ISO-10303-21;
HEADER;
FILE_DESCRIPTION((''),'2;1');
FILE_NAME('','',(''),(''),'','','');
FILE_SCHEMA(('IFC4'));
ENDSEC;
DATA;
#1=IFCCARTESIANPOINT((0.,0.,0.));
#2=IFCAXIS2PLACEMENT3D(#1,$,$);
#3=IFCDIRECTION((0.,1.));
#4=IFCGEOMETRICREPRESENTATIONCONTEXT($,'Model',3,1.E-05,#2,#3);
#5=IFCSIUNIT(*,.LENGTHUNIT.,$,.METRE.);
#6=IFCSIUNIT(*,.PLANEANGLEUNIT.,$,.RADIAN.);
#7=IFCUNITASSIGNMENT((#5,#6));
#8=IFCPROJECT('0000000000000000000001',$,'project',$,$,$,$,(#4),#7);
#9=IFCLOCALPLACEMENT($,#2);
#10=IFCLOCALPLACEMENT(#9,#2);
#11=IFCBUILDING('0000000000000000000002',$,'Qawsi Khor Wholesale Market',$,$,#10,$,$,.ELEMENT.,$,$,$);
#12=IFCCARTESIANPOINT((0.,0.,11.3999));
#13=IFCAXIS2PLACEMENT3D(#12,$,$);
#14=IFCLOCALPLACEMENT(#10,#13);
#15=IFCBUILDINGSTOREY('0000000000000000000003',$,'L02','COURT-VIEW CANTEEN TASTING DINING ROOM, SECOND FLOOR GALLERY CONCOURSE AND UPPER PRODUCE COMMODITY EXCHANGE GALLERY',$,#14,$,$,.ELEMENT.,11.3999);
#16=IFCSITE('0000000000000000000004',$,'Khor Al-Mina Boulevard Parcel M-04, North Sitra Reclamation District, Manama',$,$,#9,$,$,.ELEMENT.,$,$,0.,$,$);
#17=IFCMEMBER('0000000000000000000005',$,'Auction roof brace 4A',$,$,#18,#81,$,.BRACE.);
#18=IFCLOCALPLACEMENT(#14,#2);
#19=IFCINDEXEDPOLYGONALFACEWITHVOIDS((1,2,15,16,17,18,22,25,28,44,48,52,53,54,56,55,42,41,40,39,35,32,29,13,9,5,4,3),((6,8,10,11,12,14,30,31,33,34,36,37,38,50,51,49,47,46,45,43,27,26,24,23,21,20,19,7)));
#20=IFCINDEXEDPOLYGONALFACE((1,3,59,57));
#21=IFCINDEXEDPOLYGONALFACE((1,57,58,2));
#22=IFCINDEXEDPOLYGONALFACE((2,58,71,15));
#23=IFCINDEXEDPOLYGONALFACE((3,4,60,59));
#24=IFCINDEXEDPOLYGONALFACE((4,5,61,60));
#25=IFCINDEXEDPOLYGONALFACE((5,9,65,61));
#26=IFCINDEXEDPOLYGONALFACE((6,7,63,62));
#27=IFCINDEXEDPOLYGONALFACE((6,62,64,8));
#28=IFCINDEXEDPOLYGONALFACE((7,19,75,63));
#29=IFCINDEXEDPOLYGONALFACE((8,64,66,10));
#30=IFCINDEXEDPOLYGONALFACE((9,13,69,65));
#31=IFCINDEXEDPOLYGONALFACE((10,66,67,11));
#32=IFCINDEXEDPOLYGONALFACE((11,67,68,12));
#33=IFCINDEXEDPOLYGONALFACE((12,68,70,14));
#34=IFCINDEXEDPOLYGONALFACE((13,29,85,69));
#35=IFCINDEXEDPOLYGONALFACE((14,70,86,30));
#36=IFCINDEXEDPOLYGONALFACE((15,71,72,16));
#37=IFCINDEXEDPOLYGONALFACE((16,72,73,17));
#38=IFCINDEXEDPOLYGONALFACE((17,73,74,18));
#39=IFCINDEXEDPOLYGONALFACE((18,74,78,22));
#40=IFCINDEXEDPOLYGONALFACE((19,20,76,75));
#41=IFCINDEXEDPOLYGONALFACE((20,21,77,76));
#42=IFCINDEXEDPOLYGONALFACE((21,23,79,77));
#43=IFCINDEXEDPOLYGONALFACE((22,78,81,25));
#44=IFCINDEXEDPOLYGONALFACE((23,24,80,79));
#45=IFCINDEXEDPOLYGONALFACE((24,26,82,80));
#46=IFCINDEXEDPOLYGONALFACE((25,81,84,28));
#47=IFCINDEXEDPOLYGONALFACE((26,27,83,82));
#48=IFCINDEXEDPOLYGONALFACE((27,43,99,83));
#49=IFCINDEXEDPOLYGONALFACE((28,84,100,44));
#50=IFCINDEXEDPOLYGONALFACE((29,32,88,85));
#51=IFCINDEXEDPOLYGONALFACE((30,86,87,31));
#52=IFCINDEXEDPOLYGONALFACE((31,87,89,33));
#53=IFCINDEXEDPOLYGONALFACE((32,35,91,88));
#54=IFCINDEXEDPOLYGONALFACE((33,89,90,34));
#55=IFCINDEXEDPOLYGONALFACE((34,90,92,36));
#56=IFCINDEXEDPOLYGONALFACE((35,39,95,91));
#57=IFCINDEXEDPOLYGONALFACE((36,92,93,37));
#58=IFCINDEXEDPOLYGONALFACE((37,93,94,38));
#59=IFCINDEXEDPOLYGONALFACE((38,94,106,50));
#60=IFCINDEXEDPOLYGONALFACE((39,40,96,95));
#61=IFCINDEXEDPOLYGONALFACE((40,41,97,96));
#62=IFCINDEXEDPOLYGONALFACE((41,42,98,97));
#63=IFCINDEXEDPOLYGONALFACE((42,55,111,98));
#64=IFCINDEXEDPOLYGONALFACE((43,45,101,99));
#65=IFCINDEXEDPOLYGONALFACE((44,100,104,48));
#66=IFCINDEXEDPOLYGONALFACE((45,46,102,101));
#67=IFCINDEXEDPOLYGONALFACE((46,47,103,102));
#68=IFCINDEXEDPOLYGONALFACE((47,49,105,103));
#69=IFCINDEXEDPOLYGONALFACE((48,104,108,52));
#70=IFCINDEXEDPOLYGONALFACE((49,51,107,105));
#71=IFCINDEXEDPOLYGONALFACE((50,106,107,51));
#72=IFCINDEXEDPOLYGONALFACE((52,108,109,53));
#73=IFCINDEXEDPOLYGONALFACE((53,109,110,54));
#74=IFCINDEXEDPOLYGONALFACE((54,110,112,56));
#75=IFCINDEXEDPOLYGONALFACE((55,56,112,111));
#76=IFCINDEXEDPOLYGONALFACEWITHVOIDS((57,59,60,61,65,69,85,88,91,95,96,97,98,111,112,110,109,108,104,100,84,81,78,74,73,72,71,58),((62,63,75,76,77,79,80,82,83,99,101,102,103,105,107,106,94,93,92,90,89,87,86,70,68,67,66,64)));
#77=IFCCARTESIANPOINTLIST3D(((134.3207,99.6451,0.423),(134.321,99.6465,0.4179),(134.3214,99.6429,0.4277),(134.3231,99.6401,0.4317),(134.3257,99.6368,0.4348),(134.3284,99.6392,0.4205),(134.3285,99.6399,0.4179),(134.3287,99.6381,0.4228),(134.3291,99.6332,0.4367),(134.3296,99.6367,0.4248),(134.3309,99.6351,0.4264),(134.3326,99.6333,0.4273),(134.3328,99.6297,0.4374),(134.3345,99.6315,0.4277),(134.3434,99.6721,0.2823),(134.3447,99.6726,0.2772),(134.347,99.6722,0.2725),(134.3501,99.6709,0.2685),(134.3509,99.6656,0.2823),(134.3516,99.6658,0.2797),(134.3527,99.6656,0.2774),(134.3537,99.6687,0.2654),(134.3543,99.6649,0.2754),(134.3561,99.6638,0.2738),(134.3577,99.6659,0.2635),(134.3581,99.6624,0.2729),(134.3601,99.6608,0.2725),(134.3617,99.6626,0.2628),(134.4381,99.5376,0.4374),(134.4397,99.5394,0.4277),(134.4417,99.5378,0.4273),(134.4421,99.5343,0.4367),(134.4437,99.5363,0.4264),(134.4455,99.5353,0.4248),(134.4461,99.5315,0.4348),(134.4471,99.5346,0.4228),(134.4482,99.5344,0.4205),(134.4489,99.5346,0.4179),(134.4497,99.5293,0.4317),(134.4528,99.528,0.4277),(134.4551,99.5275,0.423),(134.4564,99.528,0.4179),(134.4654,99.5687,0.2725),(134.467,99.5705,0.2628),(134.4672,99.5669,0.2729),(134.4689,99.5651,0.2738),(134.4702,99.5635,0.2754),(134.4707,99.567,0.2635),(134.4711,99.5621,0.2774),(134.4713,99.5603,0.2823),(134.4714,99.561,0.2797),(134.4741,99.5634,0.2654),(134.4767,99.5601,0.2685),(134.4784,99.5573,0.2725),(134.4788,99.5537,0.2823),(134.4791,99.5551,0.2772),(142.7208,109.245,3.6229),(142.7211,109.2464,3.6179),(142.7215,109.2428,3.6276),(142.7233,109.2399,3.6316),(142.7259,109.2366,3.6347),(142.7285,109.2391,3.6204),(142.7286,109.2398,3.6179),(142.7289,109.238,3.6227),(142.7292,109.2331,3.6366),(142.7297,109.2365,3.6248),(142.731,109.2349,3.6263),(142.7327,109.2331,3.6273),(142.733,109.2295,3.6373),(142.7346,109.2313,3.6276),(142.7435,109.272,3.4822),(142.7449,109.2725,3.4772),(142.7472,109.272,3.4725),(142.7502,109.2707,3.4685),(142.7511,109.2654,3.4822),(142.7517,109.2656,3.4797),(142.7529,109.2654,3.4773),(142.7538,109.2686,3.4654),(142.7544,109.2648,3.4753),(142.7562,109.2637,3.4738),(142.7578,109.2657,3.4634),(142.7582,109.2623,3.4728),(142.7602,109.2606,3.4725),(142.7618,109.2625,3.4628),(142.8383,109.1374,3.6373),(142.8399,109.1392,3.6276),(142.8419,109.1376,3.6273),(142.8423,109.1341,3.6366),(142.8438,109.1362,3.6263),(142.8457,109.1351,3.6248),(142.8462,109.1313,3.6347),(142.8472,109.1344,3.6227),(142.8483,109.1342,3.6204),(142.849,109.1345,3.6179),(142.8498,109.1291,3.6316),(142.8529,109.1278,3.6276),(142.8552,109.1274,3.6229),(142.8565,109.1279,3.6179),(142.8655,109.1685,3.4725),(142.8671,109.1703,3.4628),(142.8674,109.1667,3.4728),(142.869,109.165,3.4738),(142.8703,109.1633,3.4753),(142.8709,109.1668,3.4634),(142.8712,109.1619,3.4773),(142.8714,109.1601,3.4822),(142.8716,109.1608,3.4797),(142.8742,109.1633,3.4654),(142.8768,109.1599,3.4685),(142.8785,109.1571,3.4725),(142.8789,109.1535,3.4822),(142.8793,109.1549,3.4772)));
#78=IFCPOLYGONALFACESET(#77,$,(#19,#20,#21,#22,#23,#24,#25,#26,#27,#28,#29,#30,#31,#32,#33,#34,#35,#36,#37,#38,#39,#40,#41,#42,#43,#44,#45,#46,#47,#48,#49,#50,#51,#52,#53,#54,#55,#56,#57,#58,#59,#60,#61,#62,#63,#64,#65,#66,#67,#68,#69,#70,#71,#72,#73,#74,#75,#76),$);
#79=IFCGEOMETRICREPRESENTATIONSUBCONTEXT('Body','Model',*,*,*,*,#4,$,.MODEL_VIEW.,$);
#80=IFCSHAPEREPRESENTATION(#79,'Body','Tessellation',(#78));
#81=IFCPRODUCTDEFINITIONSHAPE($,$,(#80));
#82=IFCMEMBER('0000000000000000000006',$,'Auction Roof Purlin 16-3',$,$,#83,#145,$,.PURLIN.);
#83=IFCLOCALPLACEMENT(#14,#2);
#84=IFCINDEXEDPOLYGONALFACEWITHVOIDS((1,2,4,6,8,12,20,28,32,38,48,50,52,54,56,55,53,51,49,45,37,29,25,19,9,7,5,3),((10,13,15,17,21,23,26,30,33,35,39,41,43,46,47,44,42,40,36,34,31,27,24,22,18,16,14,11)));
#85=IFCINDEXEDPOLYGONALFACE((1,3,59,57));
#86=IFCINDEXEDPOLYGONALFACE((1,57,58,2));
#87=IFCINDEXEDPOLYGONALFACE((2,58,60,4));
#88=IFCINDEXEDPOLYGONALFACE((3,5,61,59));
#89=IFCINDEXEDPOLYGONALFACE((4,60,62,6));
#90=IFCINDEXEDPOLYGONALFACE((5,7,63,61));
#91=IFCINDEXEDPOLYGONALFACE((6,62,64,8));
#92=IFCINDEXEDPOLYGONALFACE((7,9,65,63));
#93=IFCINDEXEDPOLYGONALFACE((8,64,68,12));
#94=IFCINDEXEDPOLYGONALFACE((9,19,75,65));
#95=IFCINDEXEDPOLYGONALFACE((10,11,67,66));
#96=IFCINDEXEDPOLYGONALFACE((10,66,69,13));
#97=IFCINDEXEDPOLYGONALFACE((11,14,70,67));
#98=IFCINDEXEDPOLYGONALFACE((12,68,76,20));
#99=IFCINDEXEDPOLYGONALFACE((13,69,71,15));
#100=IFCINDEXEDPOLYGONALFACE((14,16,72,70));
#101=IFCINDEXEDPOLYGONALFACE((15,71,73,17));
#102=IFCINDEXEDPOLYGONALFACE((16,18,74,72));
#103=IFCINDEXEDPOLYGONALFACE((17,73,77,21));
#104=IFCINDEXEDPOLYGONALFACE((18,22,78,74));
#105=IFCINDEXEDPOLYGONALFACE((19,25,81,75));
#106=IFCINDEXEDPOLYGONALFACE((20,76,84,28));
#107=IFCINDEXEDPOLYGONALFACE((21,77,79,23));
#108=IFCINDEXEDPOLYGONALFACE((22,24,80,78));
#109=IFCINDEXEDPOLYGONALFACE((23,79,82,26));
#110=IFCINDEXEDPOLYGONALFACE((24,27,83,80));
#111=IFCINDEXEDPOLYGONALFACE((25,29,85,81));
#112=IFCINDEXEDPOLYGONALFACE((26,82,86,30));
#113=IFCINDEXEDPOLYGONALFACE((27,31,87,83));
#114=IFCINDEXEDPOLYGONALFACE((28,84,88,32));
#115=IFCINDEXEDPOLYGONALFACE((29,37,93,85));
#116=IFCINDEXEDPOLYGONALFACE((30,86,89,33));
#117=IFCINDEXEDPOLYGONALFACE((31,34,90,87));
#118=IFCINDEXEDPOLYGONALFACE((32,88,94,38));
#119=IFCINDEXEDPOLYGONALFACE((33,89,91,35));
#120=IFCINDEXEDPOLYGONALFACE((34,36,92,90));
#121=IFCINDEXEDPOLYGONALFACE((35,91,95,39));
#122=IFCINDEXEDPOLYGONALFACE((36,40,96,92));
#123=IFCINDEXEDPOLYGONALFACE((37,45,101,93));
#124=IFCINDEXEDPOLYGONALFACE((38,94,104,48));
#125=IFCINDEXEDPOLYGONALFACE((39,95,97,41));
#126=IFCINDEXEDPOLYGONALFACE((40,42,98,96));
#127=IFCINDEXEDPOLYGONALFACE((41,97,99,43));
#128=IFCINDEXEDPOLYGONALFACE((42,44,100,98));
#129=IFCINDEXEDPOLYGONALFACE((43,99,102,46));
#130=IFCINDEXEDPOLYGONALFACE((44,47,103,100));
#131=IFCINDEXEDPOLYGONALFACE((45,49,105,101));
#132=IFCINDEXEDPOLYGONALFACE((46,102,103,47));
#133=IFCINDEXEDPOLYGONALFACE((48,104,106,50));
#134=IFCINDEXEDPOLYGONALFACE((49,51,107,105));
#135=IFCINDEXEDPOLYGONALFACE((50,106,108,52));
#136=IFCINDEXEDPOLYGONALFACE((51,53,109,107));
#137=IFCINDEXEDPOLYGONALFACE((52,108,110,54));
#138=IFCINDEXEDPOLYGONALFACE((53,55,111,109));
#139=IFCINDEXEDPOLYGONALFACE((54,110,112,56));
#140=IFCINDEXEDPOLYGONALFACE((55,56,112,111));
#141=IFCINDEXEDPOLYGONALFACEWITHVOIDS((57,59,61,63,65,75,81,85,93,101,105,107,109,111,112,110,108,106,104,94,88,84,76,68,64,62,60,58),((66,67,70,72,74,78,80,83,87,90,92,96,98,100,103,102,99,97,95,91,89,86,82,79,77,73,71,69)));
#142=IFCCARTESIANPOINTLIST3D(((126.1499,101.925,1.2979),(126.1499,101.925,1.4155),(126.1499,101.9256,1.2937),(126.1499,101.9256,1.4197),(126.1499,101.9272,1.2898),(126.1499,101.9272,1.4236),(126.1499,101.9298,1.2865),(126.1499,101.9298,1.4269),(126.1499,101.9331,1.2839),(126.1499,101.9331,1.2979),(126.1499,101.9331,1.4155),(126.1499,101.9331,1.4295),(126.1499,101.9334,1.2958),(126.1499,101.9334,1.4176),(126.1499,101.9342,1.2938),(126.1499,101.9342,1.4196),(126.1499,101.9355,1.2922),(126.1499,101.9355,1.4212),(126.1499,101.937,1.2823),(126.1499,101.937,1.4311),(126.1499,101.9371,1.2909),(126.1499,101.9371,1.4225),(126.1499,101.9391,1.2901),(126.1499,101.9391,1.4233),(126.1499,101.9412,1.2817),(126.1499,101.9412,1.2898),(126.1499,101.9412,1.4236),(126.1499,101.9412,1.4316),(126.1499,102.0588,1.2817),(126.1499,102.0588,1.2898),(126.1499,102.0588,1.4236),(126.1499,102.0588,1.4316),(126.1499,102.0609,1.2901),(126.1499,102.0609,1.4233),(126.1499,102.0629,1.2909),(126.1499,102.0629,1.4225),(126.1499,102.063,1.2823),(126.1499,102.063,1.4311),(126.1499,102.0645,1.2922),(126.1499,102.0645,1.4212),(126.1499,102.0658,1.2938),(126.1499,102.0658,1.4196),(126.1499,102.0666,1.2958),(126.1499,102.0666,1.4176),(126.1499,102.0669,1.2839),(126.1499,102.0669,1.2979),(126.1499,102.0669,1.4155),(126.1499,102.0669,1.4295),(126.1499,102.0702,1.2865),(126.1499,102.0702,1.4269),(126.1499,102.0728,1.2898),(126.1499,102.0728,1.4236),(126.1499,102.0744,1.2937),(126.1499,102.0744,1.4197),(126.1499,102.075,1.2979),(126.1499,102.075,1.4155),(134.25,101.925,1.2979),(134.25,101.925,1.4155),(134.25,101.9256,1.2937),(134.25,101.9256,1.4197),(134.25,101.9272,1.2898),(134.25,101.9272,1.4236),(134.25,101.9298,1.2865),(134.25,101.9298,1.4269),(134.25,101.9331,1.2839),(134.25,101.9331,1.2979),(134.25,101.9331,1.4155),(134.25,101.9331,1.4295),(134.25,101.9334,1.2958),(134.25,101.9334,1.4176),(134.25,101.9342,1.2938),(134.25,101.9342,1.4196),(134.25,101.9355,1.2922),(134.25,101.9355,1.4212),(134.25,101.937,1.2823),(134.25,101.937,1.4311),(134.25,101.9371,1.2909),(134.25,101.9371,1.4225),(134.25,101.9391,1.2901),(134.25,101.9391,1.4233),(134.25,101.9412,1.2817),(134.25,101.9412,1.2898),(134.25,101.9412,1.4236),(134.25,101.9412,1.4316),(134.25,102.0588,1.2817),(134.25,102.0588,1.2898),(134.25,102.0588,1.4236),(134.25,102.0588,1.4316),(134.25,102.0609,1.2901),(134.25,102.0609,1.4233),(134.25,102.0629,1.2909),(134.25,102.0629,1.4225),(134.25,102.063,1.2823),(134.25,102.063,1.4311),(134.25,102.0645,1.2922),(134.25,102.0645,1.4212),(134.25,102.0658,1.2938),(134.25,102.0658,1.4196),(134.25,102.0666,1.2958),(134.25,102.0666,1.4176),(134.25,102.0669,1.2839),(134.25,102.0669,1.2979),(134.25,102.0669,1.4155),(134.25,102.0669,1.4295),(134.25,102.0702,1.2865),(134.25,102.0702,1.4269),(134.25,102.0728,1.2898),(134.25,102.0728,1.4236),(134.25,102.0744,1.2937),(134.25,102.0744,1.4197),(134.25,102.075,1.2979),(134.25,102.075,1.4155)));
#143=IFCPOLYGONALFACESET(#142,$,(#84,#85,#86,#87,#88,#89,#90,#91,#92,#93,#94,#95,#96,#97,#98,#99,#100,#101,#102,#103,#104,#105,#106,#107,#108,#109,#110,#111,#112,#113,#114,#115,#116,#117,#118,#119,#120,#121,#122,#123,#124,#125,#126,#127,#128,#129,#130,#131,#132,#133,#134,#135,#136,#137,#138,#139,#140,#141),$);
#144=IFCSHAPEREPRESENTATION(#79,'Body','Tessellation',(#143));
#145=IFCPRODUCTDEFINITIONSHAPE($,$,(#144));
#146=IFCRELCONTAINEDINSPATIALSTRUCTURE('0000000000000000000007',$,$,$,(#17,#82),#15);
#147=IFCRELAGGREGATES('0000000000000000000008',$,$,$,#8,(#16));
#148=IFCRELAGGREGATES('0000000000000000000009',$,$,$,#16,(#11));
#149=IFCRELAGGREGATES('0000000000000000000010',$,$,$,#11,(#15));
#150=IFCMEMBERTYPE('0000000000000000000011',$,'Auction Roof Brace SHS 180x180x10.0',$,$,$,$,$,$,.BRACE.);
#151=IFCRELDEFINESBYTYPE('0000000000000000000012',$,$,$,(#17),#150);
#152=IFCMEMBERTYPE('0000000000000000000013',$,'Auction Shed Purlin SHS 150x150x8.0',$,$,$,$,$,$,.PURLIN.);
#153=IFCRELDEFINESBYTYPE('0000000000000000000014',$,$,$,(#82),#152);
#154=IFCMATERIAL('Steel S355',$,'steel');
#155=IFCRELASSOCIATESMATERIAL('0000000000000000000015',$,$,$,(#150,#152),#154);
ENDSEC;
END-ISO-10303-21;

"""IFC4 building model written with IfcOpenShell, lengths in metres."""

from ifc_helpers import new_model, si_unit, direction, frame, origin, origin_2d, place, context, subcontext, project, spatial, hollow_rectangle, extrude, material, material_profile, profile_set, type_object, element, save


model = new_model("IFC4")

# Units and contexts
model_context = context("Model", 3, precision=1e-05, world=origin(), true_north=direction((0.0, 1.0)))
body_context = subcontext(model_context, "Body", "Model", "MODEL_VIEW")
ifc_project = project(units=[si_unit("LENGTHUNIT", "METRE"), si_unit("PLANEANGLEUNIT", "RADIAN")], contexts=[model_context])

# Site, building, storey
site_placement = place(None, origin())
site = spatial("IfcSite", under=ifc_project, at=site_placement, Name="Khor Al-Mina Boulevard Parcel M-04, North Sitra Reclamation District, Manama", CompositionType="ELEMENT", RefElevation=0.0)
building_placement = place(site_placement, origin())
building = spatial("IfcBuilding", under=site, at=building_placement, Name="Qawsi Khor Wholesale Market", CompositionType="ELEMENT")
storey_placement = place(building_placement, frame((0.0, 0.0, 11.3999)))
storey = spatial("IfcBuildingStorey", under=building, at=storey_placement, Name="L02", Description="COURT-VIEW CANTEEN TASTING DINING ROOM, SECOND FLOOR GALLERY CONCOURSE AND UPPER PRODUCE COMMODITY EXCHANGE GALLERY", CompositionType="ELEMENT", Elevation=11.3999)

# Members
ifc_material_1 = material(Name="Steel S355", Category="steel")
ifc_material_profile_1 = material_profile(ifc_material_1, hollow_rectangle(XDim=0.1799, YDim=0.1799, WallThickness=0.01, InnerFilletRadius=0.01, OuterFilletRadius=0.02, at=origin_2d()), Name="SHS 180x180x10.0")
ifc_profile_set_1 = profile_set([ifc_material_profile_1], Name="Steel S355")
member_type_1 = type_object("IfcMemberType", Name="Auction Roof Brace SHS 180x180x10.0", PredefinedType="BRACE", material=ifc_profile_set_1)
member_placement = place(storey_placement, frame((134.3999, 99.6001, 0.3501), z_axis=(0.638726, 0.729949, 0.243316), x_axis=(-0.752566, 0.658517, 0.0)))
element("IfcMember", 1, at=member_placement, inside=storey, type_object=member_type_1, Name="Auction roof brace 4A", PredefinedType="BRACE", context=body_context, shape_type="SweptSolid", body=[
    extrude(hollow_rectangle(XDim=0.1799, YDim=0.1799, WallThickness=0.01, InnerFilletRadius=0.01, OuterFilletRadius=0.02, at=origin_2d()), origin(), (0.0, 0.0, 1.0), 13.1514),
])
ifc_material_profile_2 = material_profile(ifc_material_1, hollow_rectangle(XDim=0.1499, YDim=0.1499, WallThickness=0.0081, InnerFilletRadius=0.0081, OuterFilletRadius=0.0161, at=origin_2d()), Name="SHS 150x150x8.0")
ifc_profile_set_2 = profile_set([ifc_material_profile_2], Name="Steel S355")
member_type_2 = type_object("IfcMemberType", Name="Auction Shed Purlin SHS 150x150x8.0", PredefinedType="PURLIN", material=ifc_profile_set_2)
for number, where, z_axis, x_axis, name in (
    (2, (126.1499, 102.0, 1.3567), (1.0, 0.0, 0.0), (0.0, 1.0, 0.0), "Auction Roof Purlin 16-3"),
):
    element("IfcMember", number, at=place(storey_placement, frame(where, z_axis=z_axis, x_axis=x_axis)), inside=storey, type_object=member_type_2, Name=name, PredefinedType="PURLIN", context=body_context, shape_type="SweptSolid", body=[
        extrude(hollow_rectangle(XDim=0.1499, YDim=0.1499, WallThickness=0.0081, InnerFilletRadius=0.0081, OuterFilletRadius=0.0161, at=origin_2d()), origin(), (0.0, 0.0, 1.0), 8.1001),
    ])

save(model, "model.ifc")
